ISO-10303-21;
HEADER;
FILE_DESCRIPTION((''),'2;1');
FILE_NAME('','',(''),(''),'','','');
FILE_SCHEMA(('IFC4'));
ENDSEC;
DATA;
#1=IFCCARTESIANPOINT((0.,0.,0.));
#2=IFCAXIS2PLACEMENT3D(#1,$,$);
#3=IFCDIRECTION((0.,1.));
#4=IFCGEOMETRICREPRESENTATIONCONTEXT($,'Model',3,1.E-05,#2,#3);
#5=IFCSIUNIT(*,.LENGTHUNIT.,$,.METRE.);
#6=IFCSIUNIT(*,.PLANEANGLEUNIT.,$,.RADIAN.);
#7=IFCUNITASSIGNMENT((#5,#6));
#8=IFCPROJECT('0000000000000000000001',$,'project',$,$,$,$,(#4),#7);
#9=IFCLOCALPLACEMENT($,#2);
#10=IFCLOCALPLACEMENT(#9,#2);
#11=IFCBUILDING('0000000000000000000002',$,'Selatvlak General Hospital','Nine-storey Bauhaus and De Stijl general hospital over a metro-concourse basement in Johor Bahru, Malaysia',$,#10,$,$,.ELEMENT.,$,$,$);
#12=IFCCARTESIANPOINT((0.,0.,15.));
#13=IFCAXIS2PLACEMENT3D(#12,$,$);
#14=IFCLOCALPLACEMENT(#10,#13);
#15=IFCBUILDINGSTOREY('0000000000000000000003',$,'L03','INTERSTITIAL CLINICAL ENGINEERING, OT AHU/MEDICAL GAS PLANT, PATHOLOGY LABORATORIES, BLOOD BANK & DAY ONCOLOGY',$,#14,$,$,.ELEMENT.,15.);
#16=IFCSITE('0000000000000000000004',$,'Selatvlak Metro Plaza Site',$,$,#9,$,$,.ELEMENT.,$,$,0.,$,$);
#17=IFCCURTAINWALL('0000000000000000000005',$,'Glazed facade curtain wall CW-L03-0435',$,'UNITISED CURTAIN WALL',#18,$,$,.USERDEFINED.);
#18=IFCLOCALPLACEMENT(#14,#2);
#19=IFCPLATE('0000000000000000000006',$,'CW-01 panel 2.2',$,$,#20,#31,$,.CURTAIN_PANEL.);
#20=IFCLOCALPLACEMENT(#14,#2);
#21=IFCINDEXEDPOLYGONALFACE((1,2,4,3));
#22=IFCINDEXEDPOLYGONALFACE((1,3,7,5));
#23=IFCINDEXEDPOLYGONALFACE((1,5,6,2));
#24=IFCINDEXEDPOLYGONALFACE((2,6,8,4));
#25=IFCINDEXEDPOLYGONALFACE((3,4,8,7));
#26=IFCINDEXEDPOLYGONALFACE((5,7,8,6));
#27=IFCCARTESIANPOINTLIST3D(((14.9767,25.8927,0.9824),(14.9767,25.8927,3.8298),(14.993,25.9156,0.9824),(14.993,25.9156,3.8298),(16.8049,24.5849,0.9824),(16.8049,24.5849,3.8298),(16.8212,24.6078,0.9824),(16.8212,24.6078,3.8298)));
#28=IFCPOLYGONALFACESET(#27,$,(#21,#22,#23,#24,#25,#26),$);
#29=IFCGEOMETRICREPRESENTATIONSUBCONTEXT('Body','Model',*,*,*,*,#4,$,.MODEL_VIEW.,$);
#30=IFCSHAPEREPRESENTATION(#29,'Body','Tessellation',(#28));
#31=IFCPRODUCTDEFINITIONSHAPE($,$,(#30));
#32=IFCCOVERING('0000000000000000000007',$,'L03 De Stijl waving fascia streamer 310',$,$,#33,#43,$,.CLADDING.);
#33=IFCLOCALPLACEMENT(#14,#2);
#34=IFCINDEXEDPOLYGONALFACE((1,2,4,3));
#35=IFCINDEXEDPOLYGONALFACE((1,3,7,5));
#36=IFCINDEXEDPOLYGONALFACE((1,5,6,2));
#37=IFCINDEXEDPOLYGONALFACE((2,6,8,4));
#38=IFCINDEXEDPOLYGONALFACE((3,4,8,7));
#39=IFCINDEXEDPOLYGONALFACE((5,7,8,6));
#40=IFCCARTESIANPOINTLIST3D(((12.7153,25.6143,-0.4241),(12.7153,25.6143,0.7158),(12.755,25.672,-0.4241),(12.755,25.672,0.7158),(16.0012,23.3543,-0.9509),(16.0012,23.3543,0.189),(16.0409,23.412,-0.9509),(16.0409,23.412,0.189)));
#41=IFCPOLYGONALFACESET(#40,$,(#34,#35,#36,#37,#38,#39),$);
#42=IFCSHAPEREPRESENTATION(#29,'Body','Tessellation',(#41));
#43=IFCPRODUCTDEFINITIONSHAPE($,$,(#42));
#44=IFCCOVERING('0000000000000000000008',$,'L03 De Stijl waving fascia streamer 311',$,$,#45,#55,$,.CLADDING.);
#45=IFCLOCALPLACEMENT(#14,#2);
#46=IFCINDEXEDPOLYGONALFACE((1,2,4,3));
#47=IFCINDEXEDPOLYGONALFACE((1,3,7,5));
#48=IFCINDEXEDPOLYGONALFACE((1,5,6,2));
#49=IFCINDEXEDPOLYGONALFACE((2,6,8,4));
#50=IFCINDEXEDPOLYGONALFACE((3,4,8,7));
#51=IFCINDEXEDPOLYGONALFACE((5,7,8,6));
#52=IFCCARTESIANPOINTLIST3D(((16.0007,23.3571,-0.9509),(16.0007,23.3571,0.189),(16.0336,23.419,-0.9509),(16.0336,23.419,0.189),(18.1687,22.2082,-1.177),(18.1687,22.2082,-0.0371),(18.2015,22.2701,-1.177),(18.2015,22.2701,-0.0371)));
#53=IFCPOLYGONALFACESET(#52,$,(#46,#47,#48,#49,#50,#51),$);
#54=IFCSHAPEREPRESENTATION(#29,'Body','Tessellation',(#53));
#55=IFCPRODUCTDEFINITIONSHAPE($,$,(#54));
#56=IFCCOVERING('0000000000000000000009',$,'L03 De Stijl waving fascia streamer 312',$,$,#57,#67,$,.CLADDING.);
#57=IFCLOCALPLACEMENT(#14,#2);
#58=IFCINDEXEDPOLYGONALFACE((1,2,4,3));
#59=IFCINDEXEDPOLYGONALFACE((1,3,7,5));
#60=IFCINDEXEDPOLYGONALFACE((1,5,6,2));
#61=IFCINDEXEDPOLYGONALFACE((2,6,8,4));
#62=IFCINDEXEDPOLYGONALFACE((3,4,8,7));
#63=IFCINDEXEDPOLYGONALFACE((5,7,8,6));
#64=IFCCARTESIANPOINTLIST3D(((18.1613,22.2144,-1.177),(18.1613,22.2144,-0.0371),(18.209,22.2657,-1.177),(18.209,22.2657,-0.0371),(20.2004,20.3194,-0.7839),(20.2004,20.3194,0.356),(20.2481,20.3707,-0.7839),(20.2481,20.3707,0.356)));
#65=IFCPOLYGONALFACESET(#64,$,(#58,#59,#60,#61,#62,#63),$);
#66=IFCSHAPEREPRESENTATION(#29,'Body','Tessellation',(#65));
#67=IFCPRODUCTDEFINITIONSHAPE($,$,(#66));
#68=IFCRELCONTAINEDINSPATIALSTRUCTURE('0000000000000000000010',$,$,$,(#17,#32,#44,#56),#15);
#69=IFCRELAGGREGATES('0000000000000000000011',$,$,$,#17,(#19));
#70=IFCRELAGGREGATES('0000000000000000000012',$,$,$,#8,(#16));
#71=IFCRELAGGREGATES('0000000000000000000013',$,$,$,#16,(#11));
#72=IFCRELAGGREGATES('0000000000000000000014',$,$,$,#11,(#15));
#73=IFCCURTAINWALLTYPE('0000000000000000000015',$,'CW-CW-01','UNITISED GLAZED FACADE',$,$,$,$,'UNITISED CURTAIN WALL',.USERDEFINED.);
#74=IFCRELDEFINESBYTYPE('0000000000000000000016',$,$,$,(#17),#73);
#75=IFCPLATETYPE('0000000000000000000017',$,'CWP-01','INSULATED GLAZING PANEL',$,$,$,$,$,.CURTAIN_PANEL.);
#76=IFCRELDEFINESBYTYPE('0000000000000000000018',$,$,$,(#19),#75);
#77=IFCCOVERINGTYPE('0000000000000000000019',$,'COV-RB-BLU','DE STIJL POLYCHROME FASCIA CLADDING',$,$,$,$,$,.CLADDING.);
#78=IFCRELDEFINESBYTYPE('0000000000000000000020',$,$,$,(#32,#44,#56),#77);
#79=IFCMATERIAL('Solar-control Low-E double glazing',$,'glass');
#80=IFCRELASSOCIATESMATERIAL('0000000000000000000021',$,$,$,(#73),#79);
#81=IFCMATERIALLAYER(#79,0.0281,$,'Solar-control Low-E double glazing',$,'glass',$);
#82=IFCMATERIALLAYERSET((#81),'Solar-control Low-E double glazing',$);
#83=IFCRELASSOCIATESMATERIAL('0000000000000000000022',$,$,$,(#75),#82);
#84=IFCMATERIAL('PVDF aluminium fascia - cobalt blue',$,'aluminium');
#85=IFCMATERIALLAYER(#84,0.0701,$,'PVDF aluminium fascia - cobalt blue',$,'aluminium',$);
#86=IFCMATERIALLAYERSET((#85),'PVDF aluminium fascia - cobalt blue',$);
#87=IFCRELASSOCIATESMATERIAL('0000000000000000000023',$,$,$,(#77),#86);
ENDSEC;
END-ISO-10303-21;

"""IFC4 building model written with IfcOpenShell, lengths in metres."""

from ifc_helpers import new_model, si_unit, direction, frame, origin, origin_2d, place, context, subcontext, project, spatial, polyline, rectangle, outline, extrude, material, layer, layer_set, type_object, element, aggregate, save


model = new_model("IFC4")

# Units and contexts
model_context = context("Model", 3, precision=1e-05, world=origin(), true_north=direction((0.0, 1.0)))
body_context = subcontext(model_context, "Body", "Model", "MODEL_VIEW")
ifc_project = project(units=[si_unit("LENGTHUNIT", "METRE"), si_unit("PLANEANGLEUNIT", "RADIAN")], contexts=[model_context])

# Site, building, storey
site_placement = place(None, origin())
site = spatial("IfcSite", under=ifc_project, at=site_placement, Name="Selatvlak Metro Plaza Site", CompositionType="ELEMENT", RefElevation=0.0)
building_placement = place(site_placement, origin())
building = spatial("IfcBuilding", under=site, at=building_placement, Name="Selatvlak General Hospital", Description="Nine-storey Bauhaus and De Stijl general hospital over a metro-concourse basement in Johor Bahru, Malaysia", CompositionType="ELEMENT")
storey_placement = place(building_placement, frame((0.0, 0.0, 15.0)))
storey = spatial("IfcBuildingStorey", under=building, at=storey_placement, Name="L03", Description="INTERSTITIAL CLINICAL ENGINEERING, OT AHU/MEDICAL GAS PLANT, PATHOLOGY LABORATORIES, BLOOD BANK & DAY ONCOLOGY", CompositionType="ELEMENT", Elevation=15.0)

# Curtain wall
ifc_material_1 = material(Name="Solar-control Low-E double glazing", Category="glass")
curtain_wall_type_1 = type_object("IfcCurtainWallType", Name="CW-CW-01", Description="UNITISED GLAZED FACADE", ElementType="UNITISED CURTAIN WALL", PredefinedType="USERDEFINED", material=ifc_material_1)
curtain_wall_1_placement = place(storey_placement, origin())
curtain_wall_1 = element("IfcCurtainWall", 1, at=curtain_wall_1_placement, inside=storey, type_object=curtain_wall_type_1, Name="Glazed facade curtain wall CW-L03-0435", ObjectType="UNITISED CURTAIN WALL", PredefinedType="USERDEFINED")

# Plate
ifc_layer_1 = layer(ifc_material_1, 0.0281, Name="Solar-control Low-E double glazing", Category="glass")
ifc_layer_set_1 = layer_set([ifc_layer_1], Name="Solar-control Low-E double glazing")
plate_type = type_object("IfcPlateType", Name="CWP-01", Description="INSULATED GLAZING PANEL", PredefinedType="CURTAIN_PANEL", material=ifc_layer_set_1)
plate_1_placement = place(storey_placement, frame((15.8989, 25.2502, 0.9824), z_axis=(0.0, 0.0, 1.0), x_axis=(-0.81333, 0.581803, 0.0)))
plate_1 = element("IfcPlate", 2, at=plate_1_placement, type_object=plate_type, Name="CW-01 panel 2.2", PredefinedType="CURTAIN_PANEL", context=body_context, shape_type="SweptSolid", body=[
    extrude(rectangle(XDim=2.2478, YDim=0.0281, at=origin_2d()), origin(), (0.0, 0.0, 1.0), 2.8474),
])
aggregate(curtain_wall_1, [plate_1])

# Coverings
ifc_material_2 = material(Name="PVDF aluminium fascia - cobalt blue", Category="aluminium")
ifc_layer_2 = layer(ifc_material_2, 0.0701, Name="PVDF aluminium fascia - cobalt blue", Category="aluminium")
ifc_layer_set_2 = layer_set([ifc_layer_2], Name="PVDF aluminium fascia - cobalt blue")
covering_type = type_object("IfcCoveringType", Name="COV-RB-BLU", Description="DE STIJL POLYCHROME FASCIA CLADDING", PredefinedType="CLADDING", material=ifc_layer_set_2)
covering_1_placement = place(storey_placement, frame((12.7351, 25.6431, -0.4241), z_axis=(0.0, 0.0, 1.0), x_axis=(0.823929, -0.566692, 0.0)))
element("IfcCovering", 3, at=covering_1_placement, inside=storey, type_object=covering_type, Name="L03 De Stijl waving fascia streamer 310", PredefinedType="CLADDING", context=body_context, shape_type="SweptSolid", body=[
    extrude(outline(polyline([(0.0, 0.0), (3.988, -0.5269), (3.988, 0.613), (0.0, 1.1399), (0.0, 0.0)])), frame((0.0, 0.0352, 0.0), z_axis=(0.0, -1.0, 0.0), x_axis=(1.0, 0.0, 0.0)), (0.0, 0.0, 1.0), 0.0701),
])
covering_2_placement = place(storey_placement, frame((16.0171, 23.3879, -0.9509), z_axis=(0.0, 0.0, 1.0), x_axis=(0.883589, -0.468263, 0.0)))
element("IfcCovering", 4, at=covering_2_placement, inside=storey, type_object=covering_type, Name="L03 De Stijl waving fascia streamer 311", PredefinedType="CLADDING", context=body_context, shape_type="SweptSolid", body=[
    extrude(outline(polyline([(0.0, 0.0), (2.4536, -0.2261), (2.4536, 0.9138), (0.0, 1.1399), (0.0, 0.0)])), frame((0.0, 0.0352, 0.0), z_axis=(0.0, -1.0, 0.0), x_axis=(1.0, 0.0, 0.0)), (0.0, 0.0, 1.0), 0.0701),
])
covering_3_placement = place(storey_placement, frame((18.1851, 22.24, -1.177), z_axis=(0.0, 0.0, 1.0), x_axis=(0.732506, -0.680761, 0.0)))
element("IfcCovering", 5, at=covering_3_placement, inside=storey, type_object=covering_type, Name="L03 De Stijl waving fascia streamer 312", PredefinedType="CLADDING", context=body_context, shape_type="SweptSolid", body=[
    extrude(outline(polyline([(0.0, 0.0), (2.7837, 0.3931), (2.7837, 1.533), (0.0, 1.1399), (0.0, 0.0)])), frame((0.0, 0.0352, 0.0), z_axis=(0.0, -1.0, 0.0), x_axis=(1.0, 0.0, 0.0)), (0.0, 0.0, 1.0), 0.0701),
])

save(model, "model.ifc")
